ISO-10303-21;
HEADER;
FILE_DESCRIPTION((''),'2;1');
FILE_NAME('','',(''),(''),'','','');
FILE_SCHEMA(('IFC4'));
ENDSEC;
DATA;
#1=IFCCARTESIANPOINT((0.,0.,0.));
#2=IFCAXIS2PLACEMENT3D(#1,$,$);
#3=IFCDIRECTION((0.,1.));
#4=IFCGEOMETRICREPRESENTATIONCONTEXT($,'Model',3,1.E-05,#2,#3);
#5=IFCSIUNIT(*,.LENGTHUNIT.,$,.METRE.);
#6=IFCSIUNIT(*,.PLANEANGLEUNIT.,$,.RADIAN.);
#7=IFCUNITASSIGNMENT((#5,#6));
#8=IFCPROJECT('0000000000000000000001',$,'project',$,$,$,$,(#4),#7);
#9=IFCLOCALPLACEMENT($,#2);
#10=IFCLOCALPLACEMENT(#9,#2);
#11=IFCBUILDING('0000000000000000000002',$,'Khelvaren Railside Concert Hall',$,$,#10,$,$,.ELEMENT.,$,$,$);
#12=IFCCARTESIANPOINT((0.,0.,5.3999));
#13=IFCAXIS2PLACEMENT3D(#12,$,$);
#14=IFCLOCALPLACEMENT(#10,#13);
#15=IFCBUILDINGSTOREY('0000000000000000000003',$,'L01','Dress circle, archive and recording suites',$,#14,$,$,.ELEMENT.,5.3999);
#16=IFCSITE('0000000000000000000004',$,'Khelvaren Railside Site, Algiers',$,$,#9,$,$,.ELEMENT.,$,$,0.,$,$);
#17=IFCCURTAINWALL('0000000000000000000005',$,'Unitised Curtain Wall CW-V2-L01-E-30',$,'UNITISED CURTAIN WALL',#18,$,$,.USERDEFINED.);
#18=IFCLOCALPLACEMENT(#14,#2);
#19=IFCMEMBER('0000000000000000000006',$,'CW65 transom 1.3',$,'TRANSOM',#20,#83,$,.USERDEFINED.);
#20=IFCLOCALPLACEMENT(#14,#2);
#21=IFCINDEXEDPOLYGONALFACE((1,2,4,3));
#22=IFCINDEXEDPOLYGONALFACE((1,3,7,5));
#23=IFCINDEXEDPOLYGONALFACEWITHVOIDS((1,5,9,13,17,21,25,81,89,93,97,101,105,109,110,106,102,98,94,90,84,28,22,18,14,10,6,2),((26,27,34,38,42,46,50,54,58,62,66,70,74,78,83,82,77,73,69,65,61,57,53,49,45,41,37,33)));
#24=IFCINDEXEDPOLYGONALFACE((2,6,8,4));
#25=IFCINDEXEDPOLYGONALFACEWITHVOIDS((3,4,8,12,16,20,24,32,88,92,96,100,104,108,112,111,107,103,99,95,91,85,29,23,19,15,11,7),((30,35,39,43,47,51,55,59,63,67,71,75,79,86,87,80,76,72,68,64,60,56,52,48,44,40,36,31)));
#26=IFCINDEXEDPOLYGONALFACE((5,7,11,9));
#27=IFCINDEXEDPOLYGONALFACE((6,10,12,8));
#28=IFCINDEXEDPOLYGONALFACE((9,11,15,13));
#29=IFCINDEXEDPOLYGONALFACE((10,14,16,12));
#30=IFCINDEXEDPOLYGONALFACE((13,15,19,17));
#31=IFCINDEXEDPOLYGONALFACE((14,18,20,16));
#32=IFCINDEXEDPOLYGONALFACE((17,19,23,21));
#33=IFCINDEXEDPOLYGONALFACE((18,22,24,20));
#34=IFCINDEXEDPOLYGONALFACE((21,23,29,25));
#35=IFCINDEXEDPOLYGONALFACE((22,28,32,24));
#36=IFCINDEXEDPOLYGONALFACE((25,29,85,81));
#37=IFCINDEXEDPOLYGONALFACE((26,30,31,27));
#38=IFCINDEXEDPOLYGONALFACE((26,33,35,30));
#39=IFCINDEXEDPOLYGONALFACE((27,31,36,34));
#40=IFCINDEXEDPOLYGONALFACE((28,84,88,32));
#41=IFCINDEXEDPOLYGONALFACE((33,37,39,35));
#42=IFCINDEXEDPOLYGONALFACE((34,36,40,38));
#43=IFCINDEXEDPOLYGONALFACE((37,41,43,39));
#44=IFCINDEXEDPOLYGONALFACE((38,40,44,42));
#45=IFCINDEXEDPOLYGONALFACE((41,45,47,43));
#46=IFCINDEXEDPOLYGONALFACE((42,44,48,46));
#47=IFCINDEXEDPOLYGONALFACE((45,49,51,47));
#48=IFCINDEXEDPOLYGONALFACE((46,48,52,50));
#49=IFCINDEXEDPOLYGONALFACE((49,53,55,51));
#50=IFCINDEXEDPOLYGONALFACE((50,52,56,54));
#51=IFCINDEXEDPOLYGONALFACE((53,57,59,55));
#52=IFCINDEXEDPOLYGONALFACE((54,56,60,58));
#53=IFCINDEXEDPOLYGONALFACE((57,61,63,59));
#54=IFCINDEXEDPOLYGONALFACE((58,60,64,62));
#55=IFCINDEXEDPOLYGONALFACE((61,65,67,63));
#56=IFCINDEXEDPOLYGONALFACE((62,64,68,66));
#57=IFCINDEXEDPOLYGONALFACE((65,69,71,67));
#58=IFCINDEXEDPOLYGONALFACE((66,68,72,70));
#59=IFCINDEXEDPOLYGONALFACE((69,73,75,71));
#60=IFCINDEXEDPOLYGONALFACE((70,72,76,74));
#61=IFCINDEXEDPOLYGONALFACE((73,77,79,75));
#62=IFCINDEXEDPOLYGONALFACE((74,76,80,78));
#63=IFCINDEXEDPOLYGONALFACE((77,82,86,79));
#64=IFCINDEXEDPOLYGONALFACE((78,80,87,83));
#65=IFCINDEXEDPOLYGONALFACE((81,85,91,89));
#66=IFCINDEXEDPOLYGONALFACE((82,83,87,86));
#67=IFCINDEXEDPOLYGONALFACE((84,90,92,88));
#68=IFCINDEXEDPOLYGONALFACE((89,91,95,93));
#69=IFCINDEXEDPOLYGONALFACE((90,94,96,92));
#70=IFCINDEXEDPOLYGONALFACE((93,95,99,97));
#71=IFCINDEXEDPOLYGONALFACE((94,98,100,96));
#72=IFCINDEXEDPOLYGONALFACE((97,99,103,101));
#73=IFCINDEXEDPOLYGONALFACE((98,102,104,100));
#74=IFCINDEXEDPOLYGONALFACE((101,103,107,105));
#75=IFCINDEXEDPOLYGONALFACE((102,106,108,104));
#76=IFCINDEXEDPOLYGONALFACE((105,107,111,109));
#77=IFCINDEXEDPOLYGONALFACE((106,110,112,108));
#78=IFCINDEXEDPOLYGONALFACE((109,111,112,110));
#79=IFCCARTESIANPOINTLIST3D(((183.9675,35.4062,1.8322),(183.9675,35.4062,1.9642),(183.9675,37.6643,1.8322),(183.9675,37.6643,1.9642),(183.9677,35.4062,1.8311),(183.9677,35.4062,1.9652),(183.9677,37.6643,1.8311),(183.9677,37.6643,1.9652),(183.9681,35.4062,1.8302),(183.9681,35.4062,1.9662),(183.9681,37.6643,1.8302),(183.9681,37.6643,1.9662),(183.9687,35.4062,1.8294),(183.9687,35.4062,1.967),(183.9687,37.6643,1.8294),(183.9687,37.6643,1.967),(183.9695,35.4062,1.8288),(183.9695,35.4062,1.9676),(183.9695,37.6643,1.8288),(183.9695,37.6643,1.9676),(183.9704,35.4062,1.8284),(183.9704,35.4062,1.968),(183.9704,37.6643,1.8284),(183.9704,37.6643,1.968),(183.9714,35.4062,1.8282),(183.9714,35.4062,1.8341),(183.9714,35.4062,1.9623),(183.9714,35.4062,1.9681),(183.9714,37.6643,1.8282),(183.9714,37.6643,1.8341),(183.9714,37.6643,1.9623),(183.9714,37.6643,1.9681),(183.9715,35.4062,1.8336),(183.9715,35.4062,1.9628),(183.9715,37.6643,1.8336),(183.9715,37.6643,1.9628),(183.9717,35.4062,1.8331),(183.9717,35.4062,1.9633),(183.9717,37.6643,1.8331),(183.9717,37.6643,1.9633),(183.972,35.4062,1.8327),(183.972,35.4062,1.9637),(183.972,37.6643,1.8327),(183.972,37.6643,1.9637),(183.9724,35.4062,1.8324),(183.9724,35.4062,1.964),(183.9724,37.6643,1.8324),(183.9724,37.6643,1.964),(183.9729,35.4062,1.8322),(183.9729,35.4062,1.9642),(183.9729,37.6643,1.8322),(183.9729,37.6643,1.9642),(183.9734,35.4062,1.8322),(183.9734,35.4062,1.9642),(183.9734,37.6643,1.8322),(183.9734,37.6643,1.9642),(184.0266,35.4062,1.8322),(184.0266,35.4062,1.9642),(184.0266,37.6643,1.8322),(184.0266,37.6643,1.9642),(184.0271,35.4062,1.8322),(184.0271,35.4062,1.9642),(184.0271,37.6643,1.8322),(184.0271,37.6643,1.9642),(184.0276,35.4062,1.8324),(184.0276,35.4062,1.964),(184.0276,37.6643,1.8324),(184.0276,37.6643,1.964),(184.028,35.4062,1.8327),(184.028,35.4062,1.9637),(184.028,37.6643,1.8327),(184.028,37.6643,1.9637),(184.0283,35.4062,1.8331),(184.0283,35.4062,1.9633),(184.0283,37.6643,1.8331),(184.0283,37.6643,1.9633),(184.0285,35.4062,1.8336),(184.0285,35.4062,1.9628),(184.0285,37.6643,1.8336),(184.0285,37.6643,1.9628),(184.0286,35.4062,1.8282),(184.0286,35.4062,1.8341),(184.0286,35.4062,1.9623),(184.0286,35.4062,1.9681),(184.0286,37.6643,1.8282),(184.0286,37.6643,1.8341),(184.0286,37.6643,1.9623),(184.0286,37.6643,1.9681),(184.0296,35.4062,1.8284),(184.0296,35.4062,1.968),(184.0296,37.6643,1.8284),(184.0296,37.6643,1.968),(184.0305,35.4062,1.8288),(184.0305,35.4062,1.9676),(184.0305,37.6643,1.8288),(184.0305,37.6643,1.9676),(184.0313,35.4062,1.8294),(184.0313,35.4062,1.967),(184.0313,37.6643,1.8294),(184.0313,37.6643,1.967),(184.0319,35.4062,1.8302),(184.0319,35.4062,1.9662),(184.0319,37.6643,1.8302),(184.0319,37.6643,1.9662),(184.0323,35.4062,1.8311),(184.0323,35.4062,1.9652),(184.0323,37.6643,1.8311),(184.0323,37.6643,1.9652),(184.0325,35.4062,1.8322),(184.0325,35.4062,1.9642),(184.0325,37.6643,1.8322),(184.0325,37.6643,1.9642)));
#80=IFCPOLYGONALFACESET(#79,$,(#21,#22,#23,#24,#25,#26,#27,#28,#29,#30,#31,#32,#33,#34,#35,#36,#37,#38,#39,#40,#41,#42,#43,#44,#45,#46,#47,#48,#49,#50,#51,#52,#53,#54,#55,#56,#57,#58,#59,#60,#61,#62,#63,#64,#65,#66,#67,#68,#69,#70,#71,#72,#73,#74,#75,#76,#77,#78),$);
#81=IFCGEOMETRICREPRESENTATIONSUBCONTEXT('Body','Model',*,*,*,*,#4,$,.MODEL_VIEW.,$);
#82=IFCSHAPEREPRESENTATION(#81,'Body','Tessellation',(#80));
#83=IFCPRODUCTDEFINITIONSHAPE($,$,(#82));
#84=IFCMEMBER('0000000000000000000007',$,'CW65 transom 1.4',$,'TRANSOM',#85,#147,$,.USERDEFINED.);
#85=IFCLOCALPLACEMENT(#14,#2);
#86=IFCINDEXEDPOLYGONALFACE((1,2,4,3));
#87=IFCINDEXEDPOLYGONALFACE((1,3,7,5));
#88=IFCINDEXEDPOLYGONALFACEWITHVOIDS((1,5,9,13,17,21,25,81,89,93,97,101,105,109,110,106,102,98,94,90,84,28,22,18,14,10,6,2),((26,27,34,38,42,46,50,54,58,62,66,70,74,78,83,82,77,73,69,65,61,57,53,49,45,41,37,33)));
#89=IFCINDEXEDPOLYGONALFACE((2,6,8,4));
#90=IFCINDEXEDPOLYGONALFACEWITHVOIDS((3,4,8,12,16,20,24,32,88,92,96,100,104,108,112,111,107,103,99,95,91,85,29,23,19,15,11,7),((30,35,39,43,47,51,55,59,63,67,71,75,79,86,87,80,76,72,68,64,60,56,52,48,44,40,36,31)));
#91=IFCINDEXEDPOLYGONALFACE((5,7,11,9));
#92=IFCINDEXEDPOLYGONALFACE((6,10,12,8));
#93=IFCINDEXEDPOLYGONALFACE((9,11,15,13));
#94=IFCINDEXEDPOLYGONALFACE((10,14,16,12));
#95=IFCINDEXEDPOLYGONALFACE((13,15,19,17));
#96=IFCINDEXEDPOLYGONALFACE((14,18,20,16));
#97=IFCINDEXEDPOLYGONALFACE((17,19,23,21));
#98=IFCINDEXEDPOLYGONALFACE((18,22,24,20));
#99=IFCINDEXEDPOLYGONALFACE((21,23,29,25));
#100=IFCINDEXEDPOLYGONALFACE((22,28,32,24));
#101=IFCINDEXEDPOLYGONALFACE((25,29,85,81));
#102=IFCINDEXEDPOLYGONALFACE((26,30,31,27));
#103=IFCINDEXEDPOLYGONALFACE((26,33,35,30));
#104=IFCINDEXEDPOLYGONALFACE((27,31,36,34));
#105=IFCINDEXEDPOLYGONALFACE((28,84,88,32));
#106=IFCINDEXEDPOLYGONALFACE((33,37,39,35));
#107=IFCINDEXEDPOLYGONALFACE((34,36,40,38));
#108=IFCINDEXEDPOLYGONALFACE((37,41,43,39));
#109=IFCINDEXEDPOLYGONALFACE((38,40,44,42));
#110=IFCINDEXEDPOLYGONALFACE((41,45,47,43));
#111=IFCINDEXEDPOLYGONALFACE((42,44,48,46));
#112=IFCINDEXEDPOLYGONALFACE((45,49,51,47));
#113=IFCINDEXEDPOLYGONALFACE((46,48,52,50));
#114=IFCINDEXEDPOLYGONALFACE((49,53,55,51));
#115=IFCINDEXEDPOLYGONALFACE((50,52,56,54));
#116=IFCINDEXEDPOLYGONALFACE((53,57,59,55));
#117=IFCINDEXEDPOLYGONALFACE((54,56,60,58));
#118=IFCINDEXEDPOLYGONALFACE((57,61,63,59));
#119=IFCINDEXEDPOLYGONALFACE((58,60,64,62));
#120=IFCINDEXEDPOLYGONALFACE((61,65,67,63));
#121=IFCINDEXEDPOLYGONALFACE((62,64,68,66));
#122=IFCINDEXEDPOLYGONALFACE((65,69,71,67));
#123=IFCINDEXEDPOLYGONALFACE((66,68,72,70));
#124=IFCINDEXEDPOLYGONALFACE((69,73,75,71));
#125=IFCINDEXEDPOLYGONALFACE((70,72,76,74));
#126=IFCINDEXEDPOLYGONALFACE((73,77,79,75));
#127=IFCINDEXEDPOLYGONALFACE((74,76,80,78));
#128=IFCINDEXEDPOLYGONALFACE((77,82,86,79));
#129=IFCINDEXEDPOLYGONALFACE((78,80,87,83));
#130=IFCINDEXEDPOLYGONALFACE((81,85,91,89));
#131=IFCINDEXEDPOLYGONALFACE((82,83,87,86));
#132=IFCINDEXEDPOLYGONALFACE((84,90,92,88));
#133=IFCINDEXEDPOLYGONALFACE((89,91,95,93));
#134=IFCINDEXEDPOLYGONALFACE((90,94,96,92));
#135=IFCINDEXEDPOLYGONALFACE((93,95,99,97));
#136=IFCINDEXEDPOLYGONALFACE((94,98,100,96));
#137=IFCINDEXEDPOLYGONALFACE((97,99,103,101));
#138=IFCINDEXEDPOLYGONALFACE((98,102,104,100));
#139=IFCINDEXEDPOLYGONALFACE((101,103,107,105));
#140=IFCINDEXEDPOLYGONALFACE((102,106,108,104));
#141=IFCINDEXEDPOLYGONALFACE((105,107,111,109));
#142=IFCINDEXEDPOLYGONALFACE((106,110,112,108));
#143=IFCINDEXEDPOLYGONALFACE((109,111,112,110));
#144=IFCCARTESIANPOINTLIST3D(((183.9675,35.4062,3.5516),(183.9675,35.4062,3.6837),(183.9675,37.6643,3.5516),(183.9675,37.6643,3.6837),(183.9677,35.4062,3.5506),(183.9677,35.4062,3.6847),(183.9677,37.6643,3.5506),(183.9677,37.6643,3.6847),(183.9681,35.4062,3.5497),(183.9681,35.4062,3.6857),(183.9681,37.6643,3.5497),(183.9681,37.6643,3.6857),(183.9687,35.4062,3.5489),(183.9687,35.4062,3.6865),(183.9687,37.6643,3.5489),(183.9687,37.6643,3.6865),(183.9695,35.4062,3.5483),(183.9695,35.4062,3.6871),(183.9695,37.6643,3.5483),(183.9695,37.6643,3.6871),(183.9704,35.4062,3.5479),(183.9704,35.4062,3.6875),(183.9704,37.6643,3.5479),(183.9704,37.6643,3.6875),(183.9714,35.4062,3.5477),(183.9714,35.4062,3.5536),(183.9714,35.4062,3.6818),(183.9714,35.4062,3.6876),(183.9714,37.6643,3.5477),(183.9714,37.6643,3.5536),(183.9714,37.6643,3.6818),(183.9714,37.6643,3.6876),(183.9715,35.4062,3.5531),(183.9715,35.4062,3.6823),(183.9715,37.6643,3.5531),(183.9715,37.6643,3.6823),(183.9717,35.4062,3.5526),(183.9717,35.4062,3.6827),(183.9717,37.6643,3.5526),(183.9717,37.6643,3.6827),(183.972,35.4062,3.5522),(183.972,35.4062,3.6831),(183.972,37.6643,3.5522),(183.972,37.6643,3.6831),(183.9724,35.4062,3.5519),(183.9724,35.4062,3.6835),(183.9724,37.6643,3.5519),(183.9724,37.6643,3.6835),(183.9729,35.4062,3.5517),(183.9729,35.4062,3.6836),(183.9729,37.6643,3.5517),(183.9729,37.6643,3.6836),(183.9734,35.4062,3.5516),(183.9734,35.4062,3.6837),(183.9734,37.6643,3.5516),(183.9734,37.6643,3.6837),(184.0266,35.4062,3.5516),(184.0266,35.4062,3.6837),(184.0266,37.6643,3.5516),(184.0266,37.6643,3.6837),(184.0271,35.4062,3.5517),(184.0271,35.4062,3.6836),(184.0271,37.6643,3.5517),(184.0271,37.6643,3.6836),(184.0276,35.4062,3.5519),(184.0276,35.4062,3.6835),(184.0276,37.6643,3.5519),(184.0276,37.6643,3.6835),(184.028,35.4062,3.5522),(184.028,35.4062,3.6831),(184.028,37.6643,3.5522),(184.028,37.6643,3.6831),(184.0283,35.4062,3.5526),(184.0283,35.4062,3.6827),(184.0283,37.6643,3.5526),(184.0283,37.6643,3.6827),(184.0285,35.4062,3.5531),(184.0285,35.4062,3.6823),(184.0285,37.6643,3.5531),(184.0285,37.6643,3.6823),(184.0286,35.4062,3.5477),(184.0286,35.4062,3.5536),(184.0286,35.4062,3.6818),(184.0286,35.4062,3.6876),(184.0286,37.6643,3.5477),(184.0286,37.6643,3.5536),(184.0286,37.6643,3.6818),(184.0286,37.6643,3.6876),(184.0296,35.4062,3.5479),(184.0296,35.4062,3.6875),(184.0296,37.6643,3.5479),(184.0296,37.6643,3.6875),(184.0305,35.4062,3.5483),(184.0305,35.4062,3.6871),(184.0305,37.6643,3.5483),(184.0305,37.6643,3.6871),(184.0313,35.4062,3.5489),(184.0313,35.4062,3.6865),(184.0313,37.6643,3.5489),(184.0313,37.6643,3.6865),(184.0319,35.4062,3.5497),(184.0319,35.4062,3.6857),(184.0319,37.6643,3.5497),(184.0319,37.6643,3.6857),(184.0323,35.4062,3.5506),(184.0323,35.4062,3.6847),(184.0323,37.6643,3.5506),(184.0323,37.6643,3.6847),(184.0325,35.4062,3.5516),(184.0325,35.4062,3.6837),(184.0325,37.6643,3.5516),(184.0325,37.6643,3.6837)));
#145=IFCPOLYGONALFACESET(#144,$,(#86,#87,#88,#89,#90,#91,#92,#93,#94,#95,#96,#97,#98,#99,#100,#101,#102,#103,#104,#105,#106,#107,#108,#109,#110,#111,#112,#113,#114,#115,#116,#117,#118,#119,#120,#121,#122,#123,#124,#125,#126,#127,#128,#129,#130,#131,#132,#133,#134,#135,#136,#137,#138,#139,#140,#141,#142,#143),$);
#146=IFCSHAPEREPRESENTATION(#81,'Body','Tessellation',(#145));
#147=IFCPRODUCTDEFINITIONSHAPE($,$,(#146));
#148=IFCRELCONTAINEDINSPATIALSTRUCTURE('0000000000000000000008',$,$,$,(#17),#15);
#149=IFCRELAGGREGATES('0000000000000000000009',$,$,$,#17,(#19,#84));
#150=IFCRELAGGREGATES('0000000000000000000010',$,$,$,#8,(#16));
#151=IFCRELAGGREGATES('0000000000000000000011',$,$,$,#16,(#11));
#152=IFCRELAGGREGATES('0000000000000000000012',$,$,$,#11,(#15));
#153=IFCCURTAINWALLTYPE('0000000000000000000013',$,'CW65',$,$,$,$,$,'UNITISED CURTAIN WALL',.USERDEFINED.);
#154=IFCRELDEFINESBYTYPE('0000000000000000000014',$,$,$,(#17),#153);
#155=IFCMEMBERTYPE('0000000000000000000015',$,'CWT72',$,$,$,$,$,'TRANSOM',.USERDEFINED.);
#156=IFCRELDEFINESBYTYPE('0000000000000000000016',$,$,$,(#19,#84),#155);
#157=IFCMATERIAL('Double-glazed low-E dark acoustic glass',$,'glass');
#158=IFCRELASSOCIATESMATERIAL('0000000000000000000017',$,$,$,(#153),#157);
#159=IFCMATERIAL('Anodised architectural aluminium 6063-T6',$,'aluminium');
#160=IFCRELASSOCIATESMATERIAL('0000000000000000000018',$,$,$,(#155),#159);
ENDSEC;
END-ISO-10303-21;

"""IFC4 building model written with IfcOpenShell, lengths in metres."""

from ifc_helpers import new_model, si_unit, direction, frame, origin, origin_2d, place, context, subcontext, project, spatial, hollow_rectangle, extrude, material, material_profile, profile_set, type_object, element, aggregate, save


model = new_model("IFC4")

# Units and contexts
model_context = context("Model", 3, precision=1e-05, world=origin(), true_north=direction((0.0, 1.0)))
body_context = subcontext(model_context, "Body", "Model", "MODEL_VIEW")
ifc_project = project(units=[si_unit("LENGTHUNIT", "METRE"), si_unit("PLANEANGLEUNIT", "RADIAN")], contexts=[model_context])

# Site, building, storey
site_placement = place(None, origin())
site = spatial("IfcSite", under=ifc_project, at=site_placement, Name="Khelvaren Railside Site, Algiers", CompositionType="ELEMENT", RefElevation=0.0)
building_placement = place(site_placement, origin())
building = spatial("IfcBuilding", under=site, at=building_placement, Name="Khelvaren Railside Concert Hall", CompositionType="ELEMENT")
storey_placement = place(building_placement, frame((0.0, 0.0, 5.3999)))
storey = spatial("IfcBuildingStorey", under=building, at=storey_placement, Name="L01", Description="Dress circle, archive and recording suites", CompositionType="ELEMENT", Elevation=5.3999)

# Curtain wall, members
ifc_material_1 = material(Name="Double-glazed low-E dark acoustic glass", Category="glass")
curtain_wall_type = type_object("IfcCurtainWallType", Name="CW65", ElementType="UNITISED CURTAIN WALL", PredefinedType="USERDEFINED", material=ifc_material_1)
curtain_wall_placement = place(storey_placement, origin())
curtain_wall = element("IfcCurtainWall", 1, at=curtain_wall_placement, inside=storey, type_object=curtain_wall_type, Name="Unitised Curtain Wall CW-V2-L01-E-30", ObjectType="UNITISED CURTAIN WALL", PredefinedType="USERDEFINED")
ifc_material_2 = material(Name="Anodised architectural aluminium 6063-T6", Category="aluminium")
ifc_material_profile_1 = material_profile(ifc_material_2, hollow_rectangle(XDim=0.0649, YDim=0.1399, WallThickness=0.0039, InnerFilletRadius=0.002, OuterFilletRadius=0.0039, at=origin_2d()), Name="CWT 65x140x4")
ifc_profile_set_1 = profile_set([ifc_material_profile_1], Name="Anodised architectural aluminium 6063-T6")
member_type_1 = type_object("IfcMemberType", Name="CWT72", ElementType="TRANSOM", PredefinedType="USERDEFINED", material=ifc_profile_set_1)
member_1_placement = place(storey_placement, frame((184.0, 37.6643, 1.8982), z_axis=(0.0, -1.0, 0.0), x_axis=(1.0, 0.0, 0.0)))
member_1 = element("IfcMember", 2, at=member_1_placement, type_object=member_type_1, Name="CW65 transom 1.3", ObjectType="TRANSOM", PredefinedType="USERDEFINED", context=body_context, shape_type="SweptSolid", body=[
    extrude(hollow_rectangle(XDim=0.0649, YDim=0.1399, WallThickness=0.0039, InnerFilletRadius=0.002, OuterFilletRadius=0.0039, at=origin_2d()), origin(), (0.0, 0.0, 1.0), 2.2581),
])
member_2_placement = place(storey_placement, frame((184.0, 37.6643, 3.6177), z_axis=(0.0, -1.0, 0.0), x_axis=(1.0, 0.0, 0.0)))
member_2 = element("IfcMember", 3, at=member_2_placement, type_object=member_type_1, Name="CW65 transom 1.4", ObjectType="TRANSOM", PredefinedType="USERDEFINED", context=body_context, shape_type="SweptSolid", body=[
    extrude(hollow_rectangle(XDim=0.0649, YDim=0.1399, WallThickness=0.0039, InnerFilletRadius=0.002, OuterFilletRadius=0.0039, at=origin_2d()), origin(), (0.0, 0.0, 1.0), 2.2581),
])

aggregate(curtain_wall, [member_1, member_2])

save(model, "model.ifc")
